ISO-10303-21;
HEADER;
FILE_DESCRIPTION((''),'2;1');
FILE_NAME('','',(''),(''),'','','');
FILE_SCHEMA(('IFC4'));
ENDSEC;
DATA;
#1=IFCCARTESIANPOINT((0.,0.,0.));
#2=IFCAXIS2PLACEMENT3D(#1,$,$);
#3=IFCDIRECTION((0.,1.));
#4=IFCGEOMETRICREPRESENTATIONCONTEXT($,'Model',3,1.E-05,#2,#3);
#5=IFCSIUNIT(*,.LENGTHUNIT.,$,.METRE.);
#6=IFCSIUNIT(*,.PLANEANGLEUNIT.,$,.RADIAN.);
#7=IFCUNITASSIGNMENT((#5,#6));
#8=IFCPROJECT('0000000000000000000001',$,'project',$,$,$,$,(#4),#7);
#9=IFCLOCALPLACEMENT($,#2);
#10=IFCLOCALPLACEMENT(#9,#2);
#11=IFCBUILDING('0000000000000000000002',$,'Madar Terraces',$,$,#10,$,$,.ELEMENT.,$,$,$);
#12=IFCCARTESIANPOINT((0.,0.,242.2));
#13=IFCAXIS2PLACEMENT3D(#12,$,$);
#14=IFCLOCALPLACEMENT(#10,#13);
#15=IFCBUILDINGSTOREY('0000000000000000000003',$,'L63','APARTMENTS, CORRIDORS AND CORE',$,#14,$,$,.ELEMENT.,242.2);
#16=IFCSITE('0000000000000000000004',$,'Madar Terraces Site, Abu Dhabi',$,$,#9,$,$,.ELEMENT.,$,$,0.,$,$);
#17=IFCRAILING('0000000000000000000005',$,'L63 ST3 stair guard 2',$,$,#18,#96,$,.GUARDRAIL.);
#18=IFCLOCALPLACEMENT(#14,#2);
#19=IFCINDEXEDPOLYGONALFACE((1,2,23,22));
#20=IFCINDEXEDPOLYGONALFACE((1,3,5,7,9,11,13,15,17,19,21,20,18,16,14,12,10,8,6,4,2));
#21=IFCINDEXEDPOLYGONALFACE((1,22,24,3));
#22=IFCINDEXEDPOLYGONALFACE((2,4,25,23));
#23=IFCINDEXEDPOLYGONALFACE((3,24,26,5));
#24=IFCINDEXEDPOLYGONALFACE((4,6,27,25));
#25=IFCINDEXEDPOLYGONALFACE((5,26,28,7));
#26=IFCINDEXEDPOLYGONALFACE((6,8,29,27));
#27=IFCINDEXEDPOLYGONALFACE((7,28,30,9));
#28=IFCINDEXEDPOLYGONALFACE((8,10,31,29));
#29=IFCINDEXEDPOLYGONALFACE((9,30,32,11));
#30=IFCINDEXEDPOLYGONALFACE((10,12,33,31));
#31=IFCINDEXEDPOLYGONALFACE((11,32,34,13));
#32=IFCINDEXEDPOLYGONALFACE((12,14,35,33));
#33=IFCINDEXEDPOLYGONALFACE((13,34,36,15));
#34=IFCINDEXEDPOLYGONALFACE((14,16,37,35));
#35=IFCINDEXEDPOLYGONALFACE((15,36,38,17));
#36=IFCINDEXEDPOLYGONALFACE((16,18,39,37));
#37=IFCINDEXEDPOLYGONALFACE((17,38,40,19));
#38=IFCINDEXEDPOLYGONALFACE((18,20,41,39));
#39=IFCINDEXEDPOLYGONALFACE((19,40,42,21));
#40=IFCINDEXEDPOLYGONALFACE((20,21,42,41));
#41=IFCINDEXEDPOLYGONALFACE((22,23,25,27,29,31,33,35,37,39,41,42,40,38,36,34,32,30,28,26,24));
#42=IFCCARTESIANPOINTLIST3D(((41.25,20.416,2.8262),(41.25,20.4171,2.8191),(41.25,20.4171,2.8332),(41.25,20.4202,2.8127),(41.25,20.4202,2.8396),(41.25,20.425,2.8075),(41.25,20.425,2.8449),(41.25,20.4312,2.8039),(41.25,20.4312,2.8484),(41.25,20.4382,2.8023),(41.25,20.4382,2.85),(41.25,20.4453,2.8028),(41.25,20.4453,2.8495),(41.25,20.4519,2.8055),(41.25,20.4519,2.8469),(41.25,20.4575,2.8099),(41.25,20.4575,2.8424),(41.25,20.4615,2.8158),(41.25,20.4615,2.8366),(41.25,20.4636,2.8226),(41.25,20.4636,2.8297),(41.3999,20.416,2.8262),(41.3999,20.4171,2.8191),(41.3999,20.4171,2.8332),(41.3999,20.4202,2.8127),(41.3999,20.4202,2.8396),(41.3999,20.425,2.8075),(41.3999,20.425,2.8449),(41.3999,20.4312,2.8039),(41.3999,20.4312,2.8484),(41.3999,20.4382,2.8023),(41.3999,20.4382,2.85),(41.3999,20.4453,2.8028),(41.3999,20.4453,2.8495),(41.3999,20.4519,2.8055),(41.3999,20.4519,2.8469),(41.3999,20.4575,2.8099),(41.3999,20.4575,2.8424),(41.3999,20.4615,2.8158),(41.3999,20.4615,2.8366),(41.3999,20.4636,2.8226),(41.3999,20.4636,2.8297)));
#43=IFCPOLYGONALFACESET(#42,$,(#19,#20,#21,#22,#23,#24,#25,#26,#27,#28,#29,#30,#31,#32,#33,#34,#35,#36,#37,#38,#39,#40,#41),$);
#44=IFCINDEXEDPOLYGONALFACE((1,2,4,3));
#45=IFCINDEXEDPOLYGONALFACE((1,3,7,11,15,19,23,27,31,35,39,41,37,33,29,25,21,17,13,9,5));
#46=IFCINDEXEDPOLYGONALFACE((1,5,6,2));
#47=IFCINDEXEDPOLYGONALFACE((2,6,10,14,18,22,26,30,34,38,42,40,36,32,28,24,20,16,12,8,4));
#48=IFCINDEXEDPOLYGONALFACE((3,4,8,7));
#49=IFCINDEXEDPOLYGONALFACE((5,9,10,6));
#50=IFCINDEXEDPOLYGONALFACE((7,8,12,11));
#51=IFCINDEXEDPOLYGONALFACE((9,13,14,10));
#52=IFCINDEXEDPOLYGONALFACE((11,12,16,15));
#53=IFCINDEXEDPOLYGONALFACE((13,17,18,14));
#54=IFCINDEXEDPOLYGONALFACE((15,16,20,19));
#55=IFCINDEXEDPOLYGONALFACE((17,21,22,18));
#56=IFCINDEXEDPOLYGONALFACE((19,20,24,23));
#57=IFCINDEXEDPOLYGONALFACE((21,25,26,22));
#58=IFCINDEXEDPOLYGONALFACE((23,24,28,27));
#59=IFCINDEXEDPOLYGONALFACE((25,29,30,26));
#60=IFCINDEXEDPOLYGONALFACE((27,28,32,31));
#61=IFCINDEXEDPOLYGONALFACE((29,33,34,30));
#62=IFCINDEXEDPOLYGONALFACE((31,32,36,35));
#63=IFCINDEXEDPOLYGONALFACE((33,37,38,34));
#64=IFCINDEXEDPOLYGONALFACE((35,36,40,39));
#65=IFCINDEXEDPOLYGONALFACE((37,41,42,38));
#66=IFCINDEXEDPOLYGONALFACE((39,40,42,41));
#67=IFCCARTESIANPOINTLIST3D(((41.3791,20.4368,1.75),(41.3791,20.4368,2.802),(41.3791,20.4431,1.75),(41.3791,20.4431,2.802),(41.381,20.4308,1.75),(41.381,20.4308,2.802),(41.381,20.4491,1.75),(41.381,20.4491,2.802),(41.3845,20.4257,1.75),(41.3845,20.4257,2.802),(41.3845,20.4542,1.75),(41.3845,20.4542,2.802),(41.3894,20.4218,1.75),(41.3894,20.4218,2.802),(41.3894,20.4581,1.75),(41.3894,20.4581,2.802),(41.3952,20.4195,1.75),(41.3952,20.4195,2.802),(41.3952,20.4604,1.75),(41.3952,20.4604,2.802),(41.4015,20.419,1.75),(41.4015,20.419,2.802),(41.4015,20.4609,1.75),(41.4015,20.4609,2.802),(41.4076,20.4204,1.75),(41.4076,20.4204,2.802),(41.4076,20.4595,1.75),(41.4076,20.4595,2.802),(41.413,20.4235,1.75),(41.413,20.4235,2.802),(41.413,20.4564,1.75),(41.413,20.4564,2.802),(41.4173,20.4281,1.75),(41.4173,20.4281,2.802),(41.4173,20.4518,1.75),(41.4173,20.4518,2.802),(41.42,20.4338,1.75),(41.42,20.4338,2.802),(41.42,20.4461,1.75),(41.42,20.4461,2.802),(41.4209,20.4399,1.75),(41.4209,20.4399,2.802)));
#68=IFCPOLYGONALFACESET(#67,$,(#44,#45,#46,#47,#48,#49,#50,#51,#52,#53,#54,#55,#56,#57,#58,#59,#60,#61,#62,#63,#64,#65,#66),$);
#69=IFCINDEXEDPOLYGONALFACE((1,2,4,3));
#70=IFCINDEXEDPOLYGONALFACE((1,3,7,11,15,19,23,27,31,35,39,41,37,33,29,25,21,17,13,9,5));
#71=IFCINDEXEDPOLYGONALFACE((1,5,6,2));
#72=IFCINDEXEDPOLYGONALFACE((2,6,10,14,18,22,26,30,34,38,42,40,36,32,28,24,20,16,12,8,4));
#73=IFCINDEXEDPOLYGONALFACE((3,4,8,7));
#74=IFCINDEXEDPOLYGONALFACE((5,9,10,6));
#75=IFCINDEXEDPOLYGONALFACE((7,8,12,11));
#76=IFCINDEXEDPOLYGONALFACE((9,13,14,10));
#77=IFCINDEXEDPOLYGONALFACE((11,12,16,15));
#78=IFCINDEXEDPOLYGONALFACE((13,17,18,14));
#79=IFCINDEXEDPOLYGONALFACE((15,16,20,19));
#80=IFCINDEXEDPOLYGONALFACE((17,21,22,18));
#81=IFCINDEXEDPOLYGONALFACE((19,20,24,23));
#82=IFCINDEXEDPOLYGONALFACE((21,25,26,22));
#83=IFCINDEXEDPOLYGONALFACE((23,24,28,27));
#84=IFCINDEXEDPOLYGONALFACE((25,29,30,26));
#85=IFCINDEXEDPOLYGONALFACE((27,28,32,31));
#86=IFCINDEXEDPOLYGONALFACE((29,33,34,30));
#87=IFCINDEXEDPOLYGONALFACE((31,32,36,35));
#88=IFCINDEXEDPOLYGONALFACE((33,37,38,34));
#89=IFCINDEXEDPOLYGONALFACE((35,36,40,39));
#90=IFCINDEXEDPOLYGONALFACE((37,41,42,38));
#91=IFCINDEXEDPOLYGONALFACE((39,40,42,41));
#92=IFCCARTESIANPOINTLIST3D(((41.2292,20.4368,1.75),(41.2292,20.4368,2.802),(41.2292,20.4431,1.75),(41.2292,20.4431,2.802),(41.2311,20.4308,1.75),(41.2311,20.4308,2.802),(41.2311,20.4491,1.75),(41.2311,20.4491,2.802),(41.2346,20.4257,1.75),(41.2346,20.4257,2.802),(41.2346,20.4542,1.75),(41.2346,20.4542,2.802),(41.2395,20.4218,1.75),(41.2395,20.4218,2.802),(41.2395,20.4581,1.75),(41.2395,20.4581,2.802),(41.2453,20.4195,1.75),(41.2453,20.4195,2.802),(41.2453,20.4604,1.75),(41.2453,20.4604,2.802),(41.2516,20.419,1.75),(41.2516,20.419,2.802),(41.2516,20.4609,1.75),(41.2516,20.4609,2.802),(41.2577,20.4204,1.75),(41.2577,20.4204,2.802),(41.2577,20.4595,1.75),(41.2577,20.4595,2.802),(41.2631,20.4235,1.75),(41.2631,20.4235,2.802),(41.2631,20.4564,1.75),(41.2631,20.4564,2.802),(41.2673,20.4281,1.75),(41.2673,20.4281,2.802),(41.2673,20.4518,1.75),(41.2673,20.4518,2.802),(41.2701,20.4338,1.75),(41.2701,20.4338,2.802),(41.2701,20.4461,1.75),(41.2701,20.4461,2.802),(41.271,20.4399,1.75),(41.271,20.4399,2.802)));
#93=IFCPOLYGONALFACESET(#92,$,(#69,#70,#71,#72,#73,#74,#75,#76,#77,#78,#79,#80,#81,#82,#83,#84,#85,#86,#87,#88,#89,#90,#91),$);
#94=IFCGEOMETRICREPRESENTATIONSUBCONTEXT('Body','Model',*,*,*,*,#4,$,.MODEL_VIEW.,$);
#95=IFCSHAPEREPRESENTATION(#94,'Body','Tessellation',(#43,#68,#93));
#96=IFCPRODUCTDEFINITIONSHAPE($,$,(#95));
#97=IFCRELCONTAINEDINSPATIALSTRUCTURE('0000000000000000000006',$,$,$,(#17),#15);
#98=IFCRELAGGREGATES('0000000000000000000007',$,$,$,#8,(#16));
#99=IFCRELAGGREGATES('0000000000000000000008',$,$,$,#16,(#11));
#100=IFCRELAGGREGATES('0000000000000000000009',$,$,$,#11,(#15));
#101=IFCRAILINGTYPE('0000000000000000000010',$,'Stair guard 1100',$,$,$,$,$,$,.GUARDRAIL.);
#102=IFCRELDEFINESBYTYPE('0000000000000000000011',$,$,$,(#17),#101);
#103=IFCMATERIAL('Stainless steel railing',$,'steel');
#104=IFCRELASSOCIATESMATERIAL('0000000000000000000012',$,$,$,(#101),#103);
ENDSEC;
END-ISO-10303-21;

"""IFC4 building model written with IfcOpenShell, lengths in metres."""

from ifc_helpers import new_model, si_unit, direction, frame, origin, origin_2d, place, context, subcontext, project, spatial, circle, extrude, material, type_object, element, save


model = new_model("IFC4")

# Units and contexts
model_context = context("Model", 3, precision=1e-05, world=origin(), true_north=direction((0.0, 1.0)))
body_context = subcontext(model_context, "Body", "Model", "MODEL_VIEW")
ifc_project = project(units=[si_unit("LENGTHUNIT", "METRE"), si_unit("PLANEANGLEUNIT", "RADIAN")], contexts=[model_context])

# Site, building, storey
site_placement = place(None, origin())
site = spatial("IfcSite", under=ifc_project, at=site_placement, Name="Madar Terraces Site, Abu Dhabi", CompositionType="ELEMENT", RefElevation=0.0)
building_placement = place(site_placement, origin())
building = spatial("IfcBuilding", under=site, at=building_placement, Name="Madar Terraces", CompositionType="ELEMENT")
storey_placement = place(building_placement, frame((0.0, 0.0, 242.2)))
storey = spatial("IfcBuildingStorey", under=building, at=storey_placement, Name="L63", Description="APARTMENTS, CORRIDORS AND CORE", CompositionType="ELEMENT", Elevation=242.2)

# Railing
ifc_material_1 = material(Name="Stainless steel railing", Category="steel")
railing_type_1 = type_object("IfcRailingType", Name="Stair guard 1100", PredefinedType="GUARDRAIL", material=ifc_material_1)
railing_1_placement = place(storey_placement, frame((41.3999, 20.4399, 1.75)))
element("IfcRailing", 1, at=railing_1_placement, inside=storey, type_object=railing_type_1, Name="L63 ST3 stair guard 2", PredefinedType="GUARDRAIL", context=body_context, shape_type="SweptSolid", body=[
    extrude(circle(Radius=0.0239, at=origin_2d()), frame((0.0, 0.0, 1.0762), z_axis=(-1.0, 0.0, 0.0), x_axis=(0.0, -1.0, 0.0)), (0.0, 0.0, 1.0), 0.1499),
    extrude(circle(Radius=0.021, at=origin_2d()), origin(), (0.0, 0.0, 1.0), 1.052),
    extrude(circle(Radius=0.021, at=origin_2d()), frame((-0.1499, 0.0, 0.0)), (0.0, 0.0, 1.0), 1.052),
])

save(model, "model.ifc")
